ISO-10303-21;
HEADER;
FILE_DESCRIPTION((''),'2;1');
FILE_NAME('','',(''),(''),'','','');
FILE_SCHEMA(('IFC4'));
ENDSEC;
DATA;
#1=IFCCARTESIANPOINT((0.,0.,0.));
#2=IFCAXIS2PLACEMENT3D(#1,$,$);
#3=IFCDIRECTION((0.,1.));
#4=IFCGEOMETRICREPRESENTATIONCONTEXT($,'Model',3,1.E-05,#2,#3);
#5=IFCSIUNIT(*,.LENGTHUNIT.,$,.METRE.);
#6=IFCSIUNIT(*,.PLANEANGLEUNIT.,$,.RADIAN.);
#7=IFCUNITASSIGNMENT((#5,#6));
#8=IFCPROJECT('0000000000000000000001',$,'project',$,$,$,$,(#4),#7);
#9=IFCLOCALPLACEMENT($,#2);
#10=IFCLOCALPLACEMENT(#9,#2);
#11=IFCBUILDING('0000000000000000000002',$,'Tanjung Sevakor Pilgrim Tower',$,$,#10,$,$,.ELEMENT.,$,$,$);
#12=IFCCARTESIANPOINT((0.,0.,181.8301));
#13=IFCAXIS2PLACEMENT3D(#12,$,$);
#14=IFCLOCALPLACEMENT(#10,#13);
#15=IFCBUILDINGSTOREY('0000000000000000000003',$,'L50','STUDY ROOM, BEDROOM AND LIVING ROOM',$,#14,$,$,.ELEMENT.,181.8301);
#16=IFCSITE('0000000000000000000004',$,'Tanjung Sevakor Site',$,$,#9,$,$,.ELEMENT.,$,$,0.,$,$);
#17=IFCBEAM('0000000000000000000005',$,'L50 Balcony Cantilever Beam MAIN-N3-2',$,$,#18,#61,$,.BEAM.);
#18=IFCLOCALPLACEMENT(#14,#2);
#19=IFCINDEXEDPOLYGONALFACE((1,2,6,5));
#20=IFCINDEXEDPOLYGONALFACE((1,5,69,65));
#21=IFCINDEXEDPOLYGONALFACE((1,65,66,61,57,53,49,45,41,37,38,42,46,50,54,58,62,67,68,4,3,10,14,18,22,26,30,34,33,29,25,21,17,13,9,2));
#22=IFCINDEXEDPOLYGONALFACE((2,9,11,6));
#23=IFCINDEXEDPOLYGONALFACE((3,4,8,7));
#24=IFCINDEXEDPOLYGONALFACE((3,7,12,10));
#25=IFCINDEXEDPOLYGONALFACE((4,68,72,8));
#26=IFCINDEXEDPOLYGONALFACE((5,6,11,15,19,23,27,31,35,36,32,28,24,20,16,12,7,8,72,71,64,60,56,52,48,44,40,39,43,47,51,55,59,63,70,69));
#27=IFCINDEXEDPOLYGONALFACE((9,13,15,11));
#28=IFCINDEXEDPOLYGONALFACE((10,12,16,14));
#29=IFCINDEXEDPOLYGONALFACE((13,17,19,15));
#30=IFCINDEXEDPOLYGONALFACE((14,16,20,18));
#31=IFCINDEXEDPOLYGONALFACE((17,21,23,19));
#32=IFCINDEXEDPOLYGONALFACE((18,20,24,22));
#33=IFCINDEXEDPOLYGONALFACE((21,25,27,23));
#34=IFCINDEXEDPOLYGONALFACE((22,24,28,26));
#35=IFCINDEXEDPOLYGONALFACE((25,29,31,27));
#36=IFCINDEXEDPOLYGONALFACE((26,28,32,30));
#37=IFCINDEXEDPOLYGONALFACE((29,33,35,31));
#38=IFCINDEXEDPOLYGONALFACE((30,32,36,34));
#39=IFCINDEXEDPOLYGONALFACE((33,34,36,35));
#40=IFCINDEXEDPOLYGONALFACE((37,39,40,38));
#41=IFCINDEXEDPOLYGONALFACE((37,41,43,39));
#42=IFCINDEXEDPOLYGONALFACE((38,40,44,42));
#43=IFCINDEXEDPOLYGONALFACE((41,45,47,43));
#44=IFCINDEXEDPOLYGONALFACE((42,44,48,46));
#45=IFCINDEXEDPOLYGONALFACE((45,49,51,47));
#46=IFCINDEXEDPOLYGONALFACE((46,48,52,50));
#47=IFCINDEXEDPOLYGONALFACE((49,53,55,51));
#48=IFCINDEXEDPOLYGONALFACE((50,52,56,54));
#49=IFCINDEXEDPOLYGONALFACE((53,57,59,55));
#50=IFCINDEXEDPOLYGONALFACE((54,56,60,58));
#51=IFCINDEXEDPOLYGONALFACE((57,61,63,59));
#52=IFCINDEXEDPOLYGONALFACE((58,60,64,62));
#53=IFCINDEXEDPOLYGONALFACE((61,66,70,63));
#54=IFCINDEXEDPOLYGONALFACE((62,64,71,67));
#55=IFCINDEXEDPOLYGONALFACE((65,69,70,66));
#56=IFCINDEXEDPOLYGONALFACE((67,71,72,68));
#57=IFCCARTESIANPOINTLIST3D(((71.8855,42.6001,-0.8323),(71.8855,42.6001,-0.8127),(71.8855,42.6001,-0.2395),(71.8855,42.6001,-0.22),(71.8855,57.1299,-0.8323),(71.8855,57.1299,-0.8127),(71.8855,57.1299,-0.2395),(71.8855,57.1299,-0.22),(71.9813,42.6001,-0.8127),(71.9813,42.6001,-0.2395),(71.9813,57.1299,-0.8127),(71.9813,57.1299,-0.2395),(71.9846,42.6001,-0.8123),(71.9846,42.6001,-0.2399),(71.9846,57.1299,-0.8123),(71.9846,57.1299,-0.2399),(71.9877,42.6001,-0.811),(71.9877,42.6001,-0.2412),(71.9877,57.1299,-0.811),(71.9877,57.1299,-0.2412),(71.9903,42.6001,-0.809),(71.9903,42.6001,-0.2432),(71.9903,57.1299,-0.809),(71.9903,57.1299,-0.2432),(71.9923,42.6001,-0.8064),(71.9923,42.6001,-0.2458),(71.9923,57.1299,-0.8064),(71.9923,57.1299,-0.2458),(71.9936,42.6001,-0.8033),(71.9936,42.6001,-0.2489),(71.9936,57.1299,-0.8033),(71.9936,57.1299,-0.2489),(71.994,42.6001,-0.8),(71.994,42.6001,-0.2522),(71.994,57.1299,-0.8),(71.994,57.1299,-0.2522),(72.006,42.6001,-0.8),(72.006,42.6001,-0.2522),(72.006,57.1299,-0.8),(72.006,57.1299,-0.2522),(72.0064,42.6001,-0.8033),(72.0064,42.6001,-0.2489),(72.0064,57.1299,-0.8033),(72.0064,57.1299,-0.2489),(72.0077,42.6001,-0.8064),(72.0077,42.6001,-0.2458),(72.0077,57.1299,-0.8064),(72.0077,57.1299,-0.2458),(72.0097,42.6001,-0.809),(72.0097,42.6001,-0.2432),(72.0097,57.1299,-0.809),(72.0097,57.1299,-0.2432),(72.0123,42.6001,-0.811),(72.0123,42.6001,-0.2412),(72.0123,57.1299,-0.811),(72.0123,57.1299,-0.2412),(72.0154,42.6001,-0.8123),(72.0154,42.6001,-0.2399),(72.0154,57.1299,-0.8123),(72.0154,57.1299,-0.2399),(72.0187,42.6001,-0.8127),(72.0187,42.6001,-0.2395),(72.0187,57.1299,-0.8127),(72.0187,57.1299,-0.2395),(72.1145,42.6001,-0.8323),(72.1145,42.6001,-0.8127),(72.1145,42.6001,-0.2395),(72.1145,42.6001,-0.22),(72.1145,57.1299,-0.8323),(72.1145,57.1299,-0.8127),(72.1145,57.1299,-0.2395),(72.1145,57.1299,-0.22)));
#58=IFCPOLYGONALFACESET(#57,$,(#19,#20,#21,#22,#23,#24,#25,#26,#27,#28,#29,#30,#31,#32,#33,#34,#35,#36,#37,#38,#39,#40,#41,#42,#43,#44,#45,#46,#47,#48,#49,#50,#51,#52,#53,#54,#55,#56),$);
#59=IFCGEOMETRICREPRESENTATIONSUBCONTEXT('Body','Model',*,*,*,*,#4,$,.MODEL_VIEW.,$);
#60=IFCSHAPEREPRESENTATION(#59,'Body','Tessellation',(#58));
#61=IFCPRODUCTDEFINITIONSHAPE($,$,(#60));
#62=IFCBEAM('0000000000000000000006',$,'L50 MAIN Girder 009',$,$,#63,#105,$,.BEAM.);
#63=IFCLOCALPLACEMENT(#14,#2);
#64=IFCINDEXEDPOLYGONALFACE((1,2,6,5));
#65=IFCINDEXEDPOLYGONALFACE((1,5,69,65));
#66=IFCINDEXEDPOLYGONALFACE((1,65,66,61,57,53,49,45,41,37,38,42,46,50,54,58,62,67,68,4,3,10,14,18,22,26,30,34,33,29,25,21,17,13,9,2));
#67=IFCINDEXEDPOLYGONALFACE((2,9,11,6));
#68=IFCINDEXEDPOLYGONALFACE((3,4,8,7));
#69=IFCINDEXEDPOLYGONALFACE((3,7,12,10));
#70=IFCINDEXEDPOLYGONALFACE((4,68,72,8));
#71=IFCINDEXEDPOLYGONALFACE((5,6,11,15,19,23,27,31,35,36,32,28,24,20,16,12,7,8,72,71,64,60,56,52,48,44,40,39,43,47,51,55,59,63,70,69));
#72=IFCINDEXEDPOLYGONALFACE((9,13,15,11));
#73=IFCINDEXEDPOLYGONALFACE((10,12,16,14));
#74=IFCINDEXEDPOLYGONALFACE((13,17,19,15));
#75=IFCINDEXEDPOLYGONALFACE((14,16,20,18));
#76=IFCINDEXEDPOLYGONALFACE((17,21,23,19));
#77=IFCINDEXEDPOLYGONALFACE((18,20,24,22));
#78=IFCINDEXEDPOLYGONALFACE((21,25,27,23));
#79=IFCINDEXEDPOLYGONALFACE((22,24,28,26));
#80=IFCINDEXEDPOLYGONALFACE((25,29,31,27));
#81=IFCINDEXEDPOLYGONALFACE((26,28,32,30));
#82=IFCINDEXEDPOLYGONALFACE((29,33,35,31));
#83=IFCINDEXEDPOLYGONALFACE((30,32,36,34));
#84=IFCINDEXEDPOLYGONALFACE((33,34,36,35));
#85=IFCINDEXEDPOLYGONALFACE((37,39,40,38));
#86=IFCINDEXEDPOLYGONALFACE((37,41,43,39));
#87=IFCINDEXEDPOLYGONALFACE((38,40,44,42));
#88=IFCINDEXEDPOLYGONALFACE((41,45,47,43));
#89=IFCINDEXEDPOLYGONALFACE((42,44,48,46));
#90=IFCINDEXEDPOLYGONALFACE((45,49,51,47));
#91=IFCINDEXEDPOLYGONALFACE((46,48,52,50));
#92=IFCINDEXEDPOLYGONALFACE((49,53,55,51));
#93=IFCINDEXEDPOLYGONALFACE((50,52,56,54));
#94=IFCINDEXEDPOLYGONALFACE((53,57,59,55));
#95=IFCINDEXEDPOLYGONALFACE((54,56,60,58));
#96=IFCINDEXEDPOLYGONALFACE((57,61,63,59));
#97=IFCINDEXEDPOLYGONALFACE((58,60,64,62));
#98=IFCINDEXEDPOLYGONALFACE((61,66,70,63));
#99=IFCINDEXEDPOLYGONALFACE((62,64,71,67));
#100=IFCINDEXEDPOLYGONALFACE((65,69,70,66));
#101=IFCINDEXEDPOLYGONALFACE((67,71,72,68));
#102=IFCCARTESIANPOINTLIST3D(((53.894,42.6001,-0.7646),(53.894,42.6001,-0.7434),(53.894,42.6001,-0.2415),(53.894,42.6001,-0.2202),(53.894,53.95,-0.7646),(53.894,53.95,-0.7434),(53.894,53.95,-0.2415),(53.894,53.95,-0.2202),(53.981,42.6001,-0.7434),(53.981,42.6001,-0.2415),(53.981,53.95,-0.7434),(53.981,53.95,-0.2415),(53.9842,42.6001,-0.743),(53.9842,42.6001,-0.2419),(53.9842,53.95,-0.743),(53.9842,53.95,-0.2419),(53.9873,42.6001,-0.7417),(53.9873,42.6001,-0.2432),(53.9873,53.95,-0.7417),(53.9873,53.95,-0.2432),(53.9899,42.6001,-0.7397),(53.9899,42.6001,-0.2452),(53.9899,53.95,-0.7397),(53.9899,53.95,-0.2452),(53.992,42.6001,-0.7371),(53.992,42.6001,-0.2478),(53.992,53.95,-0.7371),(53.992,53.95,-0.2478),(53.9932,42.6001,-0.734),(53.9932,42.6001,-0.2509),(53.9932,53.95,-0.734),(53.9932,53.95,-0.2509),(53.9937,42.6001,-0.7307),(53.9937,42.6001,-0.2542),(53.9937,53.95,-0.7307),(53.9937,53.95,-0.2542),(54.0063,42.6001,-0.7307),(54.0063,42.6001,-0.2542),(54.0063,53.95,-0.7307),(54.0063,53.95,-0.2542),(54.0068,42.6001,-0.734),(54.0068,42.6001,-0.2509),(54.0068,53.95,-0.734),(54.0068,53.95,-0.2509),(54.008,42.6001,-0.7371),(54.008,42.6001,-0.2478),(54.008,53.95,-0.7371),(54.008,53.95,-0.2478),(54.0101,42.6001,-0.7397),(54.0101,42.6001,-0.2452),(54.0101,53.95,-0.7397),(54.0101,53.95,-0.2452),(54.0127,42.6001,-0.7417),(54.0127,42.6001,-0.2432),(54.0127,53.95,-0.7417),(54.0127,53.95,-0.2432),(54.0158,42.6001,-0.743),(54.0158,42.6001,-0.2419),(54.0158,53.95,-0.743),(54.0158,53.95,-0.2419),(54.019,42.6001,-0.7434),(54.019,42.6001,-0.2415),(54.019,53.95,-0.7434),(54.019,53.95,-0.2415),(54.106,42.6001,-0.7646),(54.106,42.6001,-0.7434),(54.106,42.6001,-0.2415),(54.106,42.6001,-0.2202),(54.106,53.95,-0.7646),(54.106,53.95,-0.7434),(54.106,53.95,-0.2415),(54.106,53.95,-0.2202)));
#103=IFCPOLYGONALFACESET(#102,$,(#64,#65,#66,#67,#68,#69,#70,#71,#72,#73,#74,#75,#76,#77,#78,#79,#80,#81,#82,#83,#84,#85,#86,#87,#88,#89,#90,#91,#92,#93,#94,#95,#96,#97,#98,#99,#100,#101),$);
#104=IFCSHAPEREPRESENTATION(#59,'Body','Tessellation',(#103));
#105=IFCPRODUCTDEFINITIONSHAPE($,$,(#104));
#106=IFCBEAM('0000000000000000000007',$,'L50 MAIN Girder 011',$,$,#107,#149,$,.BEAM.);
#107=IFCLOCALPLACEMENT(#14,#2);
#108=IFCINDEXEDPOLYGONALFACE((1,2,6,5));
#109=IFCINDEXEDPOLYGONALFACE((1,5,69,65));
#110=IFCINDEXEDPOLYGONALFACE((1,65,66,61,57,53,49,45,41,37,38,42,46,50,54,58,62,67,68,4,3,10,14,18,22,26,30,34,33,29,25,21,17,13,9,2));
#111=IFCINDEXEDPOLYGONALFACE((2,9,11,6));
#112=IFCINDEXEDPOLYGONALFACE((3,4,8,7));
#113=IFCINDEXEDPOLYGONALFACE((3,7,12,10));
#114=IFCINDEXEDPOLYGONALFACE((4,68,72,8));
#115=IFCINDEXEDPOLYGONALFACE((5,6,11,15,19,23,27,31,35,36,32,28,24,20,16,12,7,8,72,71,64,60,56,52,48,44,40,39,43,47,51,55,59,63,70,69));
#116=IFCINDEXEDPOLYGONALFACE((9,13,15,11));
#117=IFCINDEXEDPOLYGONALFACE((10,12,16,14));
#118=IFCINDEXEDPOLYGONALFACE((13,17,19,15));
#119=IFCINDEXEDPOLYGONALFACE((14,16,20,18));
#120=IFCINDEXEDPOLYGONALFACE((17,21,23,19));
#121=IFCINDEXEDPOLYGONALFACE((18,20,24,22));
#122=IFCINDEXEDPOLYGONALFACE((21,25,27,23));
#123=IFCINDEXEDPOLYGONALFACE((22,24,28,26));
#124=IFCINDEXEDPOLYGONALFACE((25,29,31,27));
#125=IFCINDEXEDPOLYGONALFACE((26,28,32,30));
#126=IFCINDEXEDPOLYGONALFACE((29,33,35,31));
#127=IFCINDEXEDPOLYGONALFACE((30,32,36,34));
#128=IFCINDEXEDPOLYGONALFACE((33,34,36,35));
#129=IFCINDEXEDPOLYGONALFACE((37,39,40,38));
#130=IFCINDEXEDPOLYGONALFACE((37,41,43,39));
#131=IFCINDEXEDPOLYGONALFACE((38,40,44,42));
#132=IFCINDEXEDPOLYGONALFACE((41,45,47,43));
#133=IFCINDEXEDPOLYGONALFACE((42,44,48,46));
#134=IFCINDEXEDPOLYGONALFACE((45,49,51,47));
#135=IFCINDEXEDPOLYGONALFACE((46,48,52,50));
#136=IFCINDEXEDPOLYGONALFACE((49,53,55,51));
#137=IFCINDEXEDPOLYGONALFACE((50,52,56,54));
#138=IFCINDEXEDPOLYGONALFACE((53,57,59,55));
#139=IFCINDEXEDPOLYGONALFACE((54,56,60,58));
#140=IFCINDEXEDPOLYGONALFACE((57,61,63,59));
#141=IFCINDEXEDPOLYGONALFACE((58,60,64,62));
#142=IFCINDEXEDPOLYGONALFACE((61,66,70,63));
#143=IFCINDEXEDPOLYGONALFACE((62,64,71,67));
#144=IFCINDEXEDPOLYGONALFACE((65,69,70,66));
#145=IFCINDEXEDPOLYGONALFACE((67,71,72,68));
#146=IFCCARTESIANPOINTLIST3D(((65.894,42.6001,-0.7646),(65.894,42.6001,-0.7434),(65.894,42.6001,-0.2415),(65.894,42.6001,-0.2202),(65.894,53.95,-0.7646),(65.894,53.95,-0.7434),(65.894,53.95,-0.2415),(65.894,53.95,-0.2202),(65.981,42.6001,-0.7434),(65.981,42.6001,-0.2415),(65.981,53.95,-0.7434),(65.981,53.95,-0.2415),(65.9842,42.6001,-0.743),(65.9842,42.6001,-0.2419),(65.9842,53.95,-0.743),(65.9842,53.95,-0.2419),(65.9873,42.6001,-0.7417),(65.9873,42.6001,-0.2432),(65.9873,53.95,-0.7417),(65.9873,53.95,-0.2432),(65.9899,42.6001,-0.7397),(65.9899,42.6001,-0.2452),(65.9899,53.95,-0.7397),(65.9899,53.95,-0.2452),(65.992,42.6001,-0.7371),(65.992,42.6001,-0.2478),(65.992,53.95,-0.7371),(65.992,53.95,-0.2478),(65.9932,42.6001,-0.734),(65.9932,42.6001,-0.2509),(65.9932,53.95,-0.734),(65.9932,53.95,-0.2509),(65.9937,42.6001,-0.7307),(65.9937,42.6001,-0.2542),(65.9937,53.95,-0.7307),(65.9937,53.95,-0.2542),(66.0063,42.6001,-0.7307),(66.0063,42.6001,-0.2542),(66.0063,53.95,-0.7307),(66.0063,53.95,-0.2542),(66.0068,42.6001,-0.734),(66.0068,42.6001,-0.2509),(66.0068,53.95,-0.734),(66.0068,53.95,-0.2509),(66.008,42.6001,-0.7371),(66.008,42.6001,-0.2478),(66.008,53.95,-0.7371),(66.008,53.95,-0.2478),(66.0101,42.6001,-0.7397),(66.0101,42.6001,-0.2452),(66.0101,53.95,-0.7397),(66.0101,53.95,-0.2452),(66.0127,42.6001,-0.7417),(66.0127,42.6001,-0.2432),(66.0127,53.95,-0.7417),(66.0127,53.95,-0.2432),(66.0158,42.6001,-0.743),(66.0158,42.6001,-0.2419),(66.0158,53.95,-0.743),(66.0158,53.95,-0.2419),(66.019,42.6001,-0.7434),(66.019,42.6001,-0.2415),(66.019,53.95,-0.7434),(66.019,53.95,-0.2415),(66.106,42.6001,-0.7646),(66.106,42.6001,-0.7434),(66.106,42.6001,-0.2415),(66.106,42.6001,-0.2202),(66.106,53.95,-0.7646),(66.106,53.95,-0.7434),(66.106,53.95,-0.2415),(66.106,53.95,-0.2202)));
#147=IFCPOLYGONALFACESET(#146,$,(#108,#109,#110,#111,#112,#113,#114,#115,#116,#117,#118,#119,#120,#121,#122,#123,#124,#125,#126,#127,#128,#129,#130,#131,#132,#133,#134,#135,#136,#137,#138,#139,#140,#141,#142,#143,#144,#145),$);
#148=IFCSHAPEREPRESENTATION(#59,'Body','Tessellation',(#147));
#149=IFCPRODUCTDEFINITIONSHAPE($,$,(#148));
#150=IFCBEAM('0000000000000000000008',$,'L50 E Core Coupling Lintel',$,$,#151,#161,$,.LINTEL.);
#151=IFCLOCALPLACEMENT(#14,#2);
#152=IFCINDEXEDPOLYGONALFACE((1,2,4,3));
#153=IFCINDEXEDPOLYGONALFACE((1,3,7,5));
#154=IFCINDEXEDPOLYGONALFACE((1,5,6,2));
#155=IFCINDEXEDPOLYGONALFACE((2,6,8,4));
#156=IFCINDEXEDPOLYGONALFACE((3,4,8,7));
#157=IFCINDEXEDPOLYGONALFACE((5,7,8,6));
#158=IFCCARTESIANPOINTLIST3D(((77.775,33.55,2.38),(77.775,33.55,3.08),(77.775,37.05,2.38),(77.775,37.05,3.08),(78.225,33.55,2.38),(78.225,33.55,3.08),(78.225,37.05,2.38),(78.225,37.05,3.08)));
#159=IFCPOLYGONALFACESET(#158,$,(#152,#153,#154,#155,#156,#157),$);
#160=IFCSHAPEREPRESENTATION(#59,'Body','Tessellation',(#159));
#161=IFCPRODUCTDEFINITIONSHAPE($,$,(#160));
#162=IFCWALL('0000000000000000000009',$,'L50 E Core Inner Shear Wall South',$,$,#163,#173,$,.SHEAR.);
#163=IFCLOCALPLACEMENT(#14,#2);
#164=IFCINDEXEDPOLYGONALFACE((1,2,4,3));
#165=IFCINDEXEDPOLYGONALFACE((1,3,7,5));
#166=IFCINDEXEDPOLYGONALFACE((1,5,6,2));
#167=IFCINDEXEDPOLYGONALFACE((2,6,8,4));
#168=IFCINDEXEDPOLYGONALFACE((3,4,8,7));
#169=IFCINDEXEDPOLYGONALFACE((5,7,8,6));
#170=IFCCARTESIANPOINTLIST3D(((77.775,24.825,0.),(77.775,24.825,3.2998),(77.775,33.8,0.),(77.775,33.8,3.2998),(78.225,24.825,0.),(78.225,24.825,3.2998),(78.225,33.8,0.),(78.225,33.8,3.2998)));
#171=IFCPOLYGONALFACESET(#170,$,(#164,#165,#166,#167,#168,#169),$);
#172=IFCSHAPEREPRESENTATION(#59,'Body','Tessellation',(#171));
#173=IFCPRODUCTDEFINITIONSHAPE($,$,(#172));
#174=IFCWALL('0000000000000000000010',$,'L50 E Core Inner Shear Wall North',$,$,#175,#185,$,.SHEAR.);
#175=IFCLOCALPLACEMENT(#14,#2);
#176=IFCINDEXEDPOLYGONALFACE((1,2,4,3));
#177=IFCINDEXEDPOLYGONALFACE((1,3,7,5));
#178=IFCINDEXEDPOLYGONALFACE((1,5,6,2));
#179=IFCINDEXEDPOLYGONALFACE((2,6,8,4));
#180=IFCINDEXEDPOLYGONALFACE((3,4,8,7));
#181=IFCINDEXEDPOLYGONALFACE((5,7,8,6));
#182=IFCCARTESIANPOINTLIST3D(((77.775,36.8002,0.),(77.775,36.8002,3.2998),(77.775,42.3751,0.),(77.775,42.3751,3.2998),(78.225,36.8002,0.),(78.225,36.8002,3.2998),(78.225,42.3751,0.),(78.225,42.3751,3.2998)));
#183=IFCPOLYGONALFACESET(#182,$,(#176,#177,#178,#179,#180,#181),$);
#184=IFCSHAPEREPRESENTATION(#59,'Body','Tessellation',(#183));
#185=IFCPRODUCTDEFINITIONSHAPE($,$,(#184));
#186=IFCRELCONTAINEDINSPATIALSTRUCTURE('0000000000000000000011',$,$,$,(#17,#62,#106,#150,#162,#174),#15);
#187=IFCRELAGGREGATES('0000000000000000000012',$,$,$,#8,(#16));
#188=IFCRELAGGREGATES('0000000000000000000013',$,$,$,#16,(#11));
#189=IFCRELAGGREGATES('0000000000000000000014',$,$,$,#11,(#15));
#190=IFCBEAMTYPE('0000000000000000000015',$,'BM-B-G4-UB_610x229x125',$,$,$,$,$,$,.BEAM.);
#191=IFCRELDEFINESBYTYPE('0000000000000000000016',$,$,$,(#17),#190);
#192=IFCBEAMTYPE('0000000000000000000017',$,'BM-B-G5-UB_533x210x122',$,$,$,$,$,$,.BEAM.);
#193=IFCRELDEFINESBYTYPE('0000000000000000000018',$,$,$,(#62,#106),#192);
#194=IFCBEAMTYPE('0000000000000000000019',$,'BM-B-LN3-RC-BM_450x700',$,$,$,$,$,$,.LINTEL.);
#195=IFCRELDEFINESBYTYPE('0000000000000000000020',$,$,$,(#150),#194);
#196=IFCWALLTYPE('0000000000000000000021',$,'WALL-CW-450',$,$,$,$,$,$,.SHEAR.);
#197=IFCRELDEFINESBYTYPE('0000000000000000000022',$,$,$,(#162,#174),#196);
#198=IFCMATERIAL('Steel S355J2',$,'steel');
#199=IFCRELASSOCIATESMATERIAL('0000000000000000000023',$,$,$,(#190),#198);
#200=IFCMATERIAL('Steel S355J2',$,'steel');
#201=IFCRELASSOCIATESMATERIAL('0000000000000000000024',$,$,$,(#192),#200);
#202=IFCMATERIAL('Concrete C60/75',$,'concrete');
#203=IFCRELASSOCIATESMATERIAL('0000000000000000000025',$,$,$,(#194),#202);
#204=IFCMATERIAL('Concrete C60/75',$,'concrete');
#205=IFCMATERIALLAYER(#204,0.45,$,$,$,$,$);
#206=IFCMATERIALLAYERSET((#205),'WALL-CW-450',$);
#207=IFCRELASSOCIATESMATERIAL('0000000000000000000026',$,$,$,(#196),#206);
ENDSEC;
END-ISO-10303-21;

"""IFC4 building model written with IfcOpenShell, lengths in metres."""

from ifc_helpers import new_model, si_unit, direction, frame, frame_2d, origin, origin_2d, place, context, subcontext, project, spatial, rectangle, i_section, extrude, material, layer, layer_set, material_profile, profile_set, type_object, element, save


model = new_model("IFC4")

# Units and contexts
model_context = context("Model", 3, precision=1e-05, world=origin(), true_north=direction((0.0, 1.0)))
body_context = subcontext(model_context, "Body", "Model", "MODEL_VIEW")
ifc_project = project(units=[si_unit("LENGTHUNIT", "METRE"), si_unit("PLANEANGLEUNIT", "RADIAN")], contexts=[model_context])

# Site, building, storey
site_placement = place(None, origin())
site = spatial("IfcSite", under=ifc_project, at=site_placement, Name="Tanjung Sevakor Site", CompositionType="ELEMENT", RefElevation=0.0)
building_placement = place(site_placement, origin())
building = spatial("IfcBuilding", under=site, at=building_placement, Name="Tanjung Sevakor Pilgrim Tower", CompositionType="ELEMENT")
storey_placement = place(building_placement, frame((0.0, 0.0, 181.8301)))
storey = spatial("IfcBuildingStorey", under=building, at=storey_placement, Name="L50", Description="STUDY ROOM, BEDROOM AND LIVING ROOM", CompositionType="ELEMENT", Elevation=181.8301)

# Beams
ifc_material_1 = material(Name="Steel S355J2", Category="steel")
ifc_material_profile_1 = material_profile(ifc_material_1, i_section(OverallWidth=0.229, OverallDepth=0.6123, WebThickness=0.012, FlangeThickness=0.0195, FilletRadius=0.0127, at=origin_2d()))
ifc_profile_set_1 = profile_set([ifc_material_profile_1], Name="Steel S355J2")
beam_type_1 = type_object("IfcBeamType", Name="BM-B-G4-UB_610x229x125", PredefinedType="BEAM", material=ifc_profile_set_1)
beam_1_placement = place(storey_placement, frame((72.0, 42.6001, -0.5261), z_axis=(0.0, 1.0, 0.0), x_axis=(-1.0, 0.0, 0.0)))
element("IfcBeam", 1, at=beam_1_placement, inside=storey, type_object=beam_type_1, Name="L50 Balcony Cantilever Beam MAIN-N3-2", PredefinedType="BEAM", context=body_context, shape_type="SweptSolid", body=[
    extrude(i_section(OverallWidth=0.229, OverallDepth=0.6123, WebThickness=0.012, FlangeThickness=0.0195, FilletRadius=0.0127, at=origin_2d()), origin(), (0.0, 0.0, 1.0), 14.5298),
])
ifc_material_2 = material(Name="Steel S355J2", Category="steel")
ifc_material_profile_2 = material_profile(ifc_material_2, i_section(OverallWidth=0.2119, OverallDepth=0.5444, WebThickness=0.0127, FlangeThickness=0.0212, FilletRadius=0.0127, at=origin_2d()))
ifc_profile_set_2 = profile_set([ifc_material_profile_2], Name="Steel S355J2")
beam_type_2 = type_object("IfcBeamType", Name="BM-B-G5-UB_533x210x122", PredefinedType="BEAM", material=ifc_profile_set_2)
for number, where, z_axis, x_axis, name in (
    (2, (54.0, 42.6001, -0.4924), (0.0, 1.0, 0.0), (-1.0, 0.0, 0.0), "L50 MAIN Girder 009"),
    (3, (66.0, 42.6001, -0.4924), (0.0, 1.0, 0.0), (-1.0, 0.0, 0.0), "L50 MAIN Girder 011"),
):
    element("IfcBeam", number, at=place(storey_placement, frame(where, z_axis=z_axis, x_axis=x_axis)), inside=storey, type_object=beam_type_2, Name=name, PredefinedType="BEAM", context=body_context, shape_type="SweptSolid", body=[
        extrude(i_section(OverallWidth=0.2119, OverallDepth=0.5444, WebThickness=0.0127, FlangeThickness=0.0212, FilletRadius=0.0127, at=origin_2d()), origin(), (0.0, 0.0, 1.0), 11.3499),
    ])
ifc_material_3 = material(Name="Concrete C60/75", Category="concrete")
ifc_material_profile_3 = material_profile(ifc_material_3, rectangle(XDim=0.45, YDim=0.7, at=origin_2d()))
ifc_profile_set_3 = profile_set([ifc_material_profile_3], Name="Concrete C60/75")
beam_type_3 = type_object("IfcBeamType", Name="BM-B-LN3-RC-BM_450x700", PredefinedType="LINTEL", material=ifc_profile_set_3)
beam_2_placement = place(storey_placement, frame((78.0, 33.55, 2.73), z_axis=(0.0, 1.0, 0.0), x_axis=(-1.0, 0.0, 0.0)))
element("IfcBeam", 4, at=beam_2_placement, inside=storey, type_object=beam_type_3, Name="L50 E Core Coupling Lintel", PredefinedType="LINTEL", context=body_context, shape_type="SweptSolid", body=[
    extrude(rectangle(XDim=0.45, YDim=0.7, at=origin_2d()), origin(), (0.0, 0.0, 1.0), 3.5),
])

# Walls
ifc_material_4 = material(Name="Concrete C60/75", Category="concrete")
ifc_layer_1 = layer(ifc_material_4, 0.45)
ifc_layer_set_1 = layer_set([ifc_layer_1], Name="WALL-CW-450")
wall_type_1 = type_object("IfcWallType", Name="WALL-CW-450", PredefinedType="SHEAR", material=ifc_layer_set_1)
wall_1_placement = place(storey_placement, frame((78.0, 24.825, 0.0), z_axis=(0.0, 0.0, 1.0), x_axis=(0.0, 1.0, 0.0)))
element("IfcWall", 5, at=wall_1_placement, inside=storey, type_object=wall_type_1, Name="L50 E Core Inner Shear Wall South", PredefinedType="SHEAR", context=body_context, shape_type="SweptSolid", body=[
    extrude(rectangle(XDim=8.9751, YDim=0.45, at=frame_2d((4.4875, 0.0))), origin(), (0.0, 0.0, 1.0), 3.2998),
])
wall_2_placement = place(storey_placement, frame((78.0, 36.8, 0.0), z_axis=(0.0, 0.0, 1.0), x_axis=(0.0, 1.0, 0.0)))
element("IfcWall", 6, at=wall_2_placement, inside=storey, type_object=wall_type_1, Name="L50 E Core Inner Shear Wall North", PredefinedType="SHEAR", context=body_context, shape_type="SweptSolid", body=[
    extrude(rectangle(XDim=5.575, YDim=0.45, at=frame_2d((2.7876, 0.0))), origin(), (0.0, 0.0, 1.0), 3.2998),
])

save(model, "model.ifc")
